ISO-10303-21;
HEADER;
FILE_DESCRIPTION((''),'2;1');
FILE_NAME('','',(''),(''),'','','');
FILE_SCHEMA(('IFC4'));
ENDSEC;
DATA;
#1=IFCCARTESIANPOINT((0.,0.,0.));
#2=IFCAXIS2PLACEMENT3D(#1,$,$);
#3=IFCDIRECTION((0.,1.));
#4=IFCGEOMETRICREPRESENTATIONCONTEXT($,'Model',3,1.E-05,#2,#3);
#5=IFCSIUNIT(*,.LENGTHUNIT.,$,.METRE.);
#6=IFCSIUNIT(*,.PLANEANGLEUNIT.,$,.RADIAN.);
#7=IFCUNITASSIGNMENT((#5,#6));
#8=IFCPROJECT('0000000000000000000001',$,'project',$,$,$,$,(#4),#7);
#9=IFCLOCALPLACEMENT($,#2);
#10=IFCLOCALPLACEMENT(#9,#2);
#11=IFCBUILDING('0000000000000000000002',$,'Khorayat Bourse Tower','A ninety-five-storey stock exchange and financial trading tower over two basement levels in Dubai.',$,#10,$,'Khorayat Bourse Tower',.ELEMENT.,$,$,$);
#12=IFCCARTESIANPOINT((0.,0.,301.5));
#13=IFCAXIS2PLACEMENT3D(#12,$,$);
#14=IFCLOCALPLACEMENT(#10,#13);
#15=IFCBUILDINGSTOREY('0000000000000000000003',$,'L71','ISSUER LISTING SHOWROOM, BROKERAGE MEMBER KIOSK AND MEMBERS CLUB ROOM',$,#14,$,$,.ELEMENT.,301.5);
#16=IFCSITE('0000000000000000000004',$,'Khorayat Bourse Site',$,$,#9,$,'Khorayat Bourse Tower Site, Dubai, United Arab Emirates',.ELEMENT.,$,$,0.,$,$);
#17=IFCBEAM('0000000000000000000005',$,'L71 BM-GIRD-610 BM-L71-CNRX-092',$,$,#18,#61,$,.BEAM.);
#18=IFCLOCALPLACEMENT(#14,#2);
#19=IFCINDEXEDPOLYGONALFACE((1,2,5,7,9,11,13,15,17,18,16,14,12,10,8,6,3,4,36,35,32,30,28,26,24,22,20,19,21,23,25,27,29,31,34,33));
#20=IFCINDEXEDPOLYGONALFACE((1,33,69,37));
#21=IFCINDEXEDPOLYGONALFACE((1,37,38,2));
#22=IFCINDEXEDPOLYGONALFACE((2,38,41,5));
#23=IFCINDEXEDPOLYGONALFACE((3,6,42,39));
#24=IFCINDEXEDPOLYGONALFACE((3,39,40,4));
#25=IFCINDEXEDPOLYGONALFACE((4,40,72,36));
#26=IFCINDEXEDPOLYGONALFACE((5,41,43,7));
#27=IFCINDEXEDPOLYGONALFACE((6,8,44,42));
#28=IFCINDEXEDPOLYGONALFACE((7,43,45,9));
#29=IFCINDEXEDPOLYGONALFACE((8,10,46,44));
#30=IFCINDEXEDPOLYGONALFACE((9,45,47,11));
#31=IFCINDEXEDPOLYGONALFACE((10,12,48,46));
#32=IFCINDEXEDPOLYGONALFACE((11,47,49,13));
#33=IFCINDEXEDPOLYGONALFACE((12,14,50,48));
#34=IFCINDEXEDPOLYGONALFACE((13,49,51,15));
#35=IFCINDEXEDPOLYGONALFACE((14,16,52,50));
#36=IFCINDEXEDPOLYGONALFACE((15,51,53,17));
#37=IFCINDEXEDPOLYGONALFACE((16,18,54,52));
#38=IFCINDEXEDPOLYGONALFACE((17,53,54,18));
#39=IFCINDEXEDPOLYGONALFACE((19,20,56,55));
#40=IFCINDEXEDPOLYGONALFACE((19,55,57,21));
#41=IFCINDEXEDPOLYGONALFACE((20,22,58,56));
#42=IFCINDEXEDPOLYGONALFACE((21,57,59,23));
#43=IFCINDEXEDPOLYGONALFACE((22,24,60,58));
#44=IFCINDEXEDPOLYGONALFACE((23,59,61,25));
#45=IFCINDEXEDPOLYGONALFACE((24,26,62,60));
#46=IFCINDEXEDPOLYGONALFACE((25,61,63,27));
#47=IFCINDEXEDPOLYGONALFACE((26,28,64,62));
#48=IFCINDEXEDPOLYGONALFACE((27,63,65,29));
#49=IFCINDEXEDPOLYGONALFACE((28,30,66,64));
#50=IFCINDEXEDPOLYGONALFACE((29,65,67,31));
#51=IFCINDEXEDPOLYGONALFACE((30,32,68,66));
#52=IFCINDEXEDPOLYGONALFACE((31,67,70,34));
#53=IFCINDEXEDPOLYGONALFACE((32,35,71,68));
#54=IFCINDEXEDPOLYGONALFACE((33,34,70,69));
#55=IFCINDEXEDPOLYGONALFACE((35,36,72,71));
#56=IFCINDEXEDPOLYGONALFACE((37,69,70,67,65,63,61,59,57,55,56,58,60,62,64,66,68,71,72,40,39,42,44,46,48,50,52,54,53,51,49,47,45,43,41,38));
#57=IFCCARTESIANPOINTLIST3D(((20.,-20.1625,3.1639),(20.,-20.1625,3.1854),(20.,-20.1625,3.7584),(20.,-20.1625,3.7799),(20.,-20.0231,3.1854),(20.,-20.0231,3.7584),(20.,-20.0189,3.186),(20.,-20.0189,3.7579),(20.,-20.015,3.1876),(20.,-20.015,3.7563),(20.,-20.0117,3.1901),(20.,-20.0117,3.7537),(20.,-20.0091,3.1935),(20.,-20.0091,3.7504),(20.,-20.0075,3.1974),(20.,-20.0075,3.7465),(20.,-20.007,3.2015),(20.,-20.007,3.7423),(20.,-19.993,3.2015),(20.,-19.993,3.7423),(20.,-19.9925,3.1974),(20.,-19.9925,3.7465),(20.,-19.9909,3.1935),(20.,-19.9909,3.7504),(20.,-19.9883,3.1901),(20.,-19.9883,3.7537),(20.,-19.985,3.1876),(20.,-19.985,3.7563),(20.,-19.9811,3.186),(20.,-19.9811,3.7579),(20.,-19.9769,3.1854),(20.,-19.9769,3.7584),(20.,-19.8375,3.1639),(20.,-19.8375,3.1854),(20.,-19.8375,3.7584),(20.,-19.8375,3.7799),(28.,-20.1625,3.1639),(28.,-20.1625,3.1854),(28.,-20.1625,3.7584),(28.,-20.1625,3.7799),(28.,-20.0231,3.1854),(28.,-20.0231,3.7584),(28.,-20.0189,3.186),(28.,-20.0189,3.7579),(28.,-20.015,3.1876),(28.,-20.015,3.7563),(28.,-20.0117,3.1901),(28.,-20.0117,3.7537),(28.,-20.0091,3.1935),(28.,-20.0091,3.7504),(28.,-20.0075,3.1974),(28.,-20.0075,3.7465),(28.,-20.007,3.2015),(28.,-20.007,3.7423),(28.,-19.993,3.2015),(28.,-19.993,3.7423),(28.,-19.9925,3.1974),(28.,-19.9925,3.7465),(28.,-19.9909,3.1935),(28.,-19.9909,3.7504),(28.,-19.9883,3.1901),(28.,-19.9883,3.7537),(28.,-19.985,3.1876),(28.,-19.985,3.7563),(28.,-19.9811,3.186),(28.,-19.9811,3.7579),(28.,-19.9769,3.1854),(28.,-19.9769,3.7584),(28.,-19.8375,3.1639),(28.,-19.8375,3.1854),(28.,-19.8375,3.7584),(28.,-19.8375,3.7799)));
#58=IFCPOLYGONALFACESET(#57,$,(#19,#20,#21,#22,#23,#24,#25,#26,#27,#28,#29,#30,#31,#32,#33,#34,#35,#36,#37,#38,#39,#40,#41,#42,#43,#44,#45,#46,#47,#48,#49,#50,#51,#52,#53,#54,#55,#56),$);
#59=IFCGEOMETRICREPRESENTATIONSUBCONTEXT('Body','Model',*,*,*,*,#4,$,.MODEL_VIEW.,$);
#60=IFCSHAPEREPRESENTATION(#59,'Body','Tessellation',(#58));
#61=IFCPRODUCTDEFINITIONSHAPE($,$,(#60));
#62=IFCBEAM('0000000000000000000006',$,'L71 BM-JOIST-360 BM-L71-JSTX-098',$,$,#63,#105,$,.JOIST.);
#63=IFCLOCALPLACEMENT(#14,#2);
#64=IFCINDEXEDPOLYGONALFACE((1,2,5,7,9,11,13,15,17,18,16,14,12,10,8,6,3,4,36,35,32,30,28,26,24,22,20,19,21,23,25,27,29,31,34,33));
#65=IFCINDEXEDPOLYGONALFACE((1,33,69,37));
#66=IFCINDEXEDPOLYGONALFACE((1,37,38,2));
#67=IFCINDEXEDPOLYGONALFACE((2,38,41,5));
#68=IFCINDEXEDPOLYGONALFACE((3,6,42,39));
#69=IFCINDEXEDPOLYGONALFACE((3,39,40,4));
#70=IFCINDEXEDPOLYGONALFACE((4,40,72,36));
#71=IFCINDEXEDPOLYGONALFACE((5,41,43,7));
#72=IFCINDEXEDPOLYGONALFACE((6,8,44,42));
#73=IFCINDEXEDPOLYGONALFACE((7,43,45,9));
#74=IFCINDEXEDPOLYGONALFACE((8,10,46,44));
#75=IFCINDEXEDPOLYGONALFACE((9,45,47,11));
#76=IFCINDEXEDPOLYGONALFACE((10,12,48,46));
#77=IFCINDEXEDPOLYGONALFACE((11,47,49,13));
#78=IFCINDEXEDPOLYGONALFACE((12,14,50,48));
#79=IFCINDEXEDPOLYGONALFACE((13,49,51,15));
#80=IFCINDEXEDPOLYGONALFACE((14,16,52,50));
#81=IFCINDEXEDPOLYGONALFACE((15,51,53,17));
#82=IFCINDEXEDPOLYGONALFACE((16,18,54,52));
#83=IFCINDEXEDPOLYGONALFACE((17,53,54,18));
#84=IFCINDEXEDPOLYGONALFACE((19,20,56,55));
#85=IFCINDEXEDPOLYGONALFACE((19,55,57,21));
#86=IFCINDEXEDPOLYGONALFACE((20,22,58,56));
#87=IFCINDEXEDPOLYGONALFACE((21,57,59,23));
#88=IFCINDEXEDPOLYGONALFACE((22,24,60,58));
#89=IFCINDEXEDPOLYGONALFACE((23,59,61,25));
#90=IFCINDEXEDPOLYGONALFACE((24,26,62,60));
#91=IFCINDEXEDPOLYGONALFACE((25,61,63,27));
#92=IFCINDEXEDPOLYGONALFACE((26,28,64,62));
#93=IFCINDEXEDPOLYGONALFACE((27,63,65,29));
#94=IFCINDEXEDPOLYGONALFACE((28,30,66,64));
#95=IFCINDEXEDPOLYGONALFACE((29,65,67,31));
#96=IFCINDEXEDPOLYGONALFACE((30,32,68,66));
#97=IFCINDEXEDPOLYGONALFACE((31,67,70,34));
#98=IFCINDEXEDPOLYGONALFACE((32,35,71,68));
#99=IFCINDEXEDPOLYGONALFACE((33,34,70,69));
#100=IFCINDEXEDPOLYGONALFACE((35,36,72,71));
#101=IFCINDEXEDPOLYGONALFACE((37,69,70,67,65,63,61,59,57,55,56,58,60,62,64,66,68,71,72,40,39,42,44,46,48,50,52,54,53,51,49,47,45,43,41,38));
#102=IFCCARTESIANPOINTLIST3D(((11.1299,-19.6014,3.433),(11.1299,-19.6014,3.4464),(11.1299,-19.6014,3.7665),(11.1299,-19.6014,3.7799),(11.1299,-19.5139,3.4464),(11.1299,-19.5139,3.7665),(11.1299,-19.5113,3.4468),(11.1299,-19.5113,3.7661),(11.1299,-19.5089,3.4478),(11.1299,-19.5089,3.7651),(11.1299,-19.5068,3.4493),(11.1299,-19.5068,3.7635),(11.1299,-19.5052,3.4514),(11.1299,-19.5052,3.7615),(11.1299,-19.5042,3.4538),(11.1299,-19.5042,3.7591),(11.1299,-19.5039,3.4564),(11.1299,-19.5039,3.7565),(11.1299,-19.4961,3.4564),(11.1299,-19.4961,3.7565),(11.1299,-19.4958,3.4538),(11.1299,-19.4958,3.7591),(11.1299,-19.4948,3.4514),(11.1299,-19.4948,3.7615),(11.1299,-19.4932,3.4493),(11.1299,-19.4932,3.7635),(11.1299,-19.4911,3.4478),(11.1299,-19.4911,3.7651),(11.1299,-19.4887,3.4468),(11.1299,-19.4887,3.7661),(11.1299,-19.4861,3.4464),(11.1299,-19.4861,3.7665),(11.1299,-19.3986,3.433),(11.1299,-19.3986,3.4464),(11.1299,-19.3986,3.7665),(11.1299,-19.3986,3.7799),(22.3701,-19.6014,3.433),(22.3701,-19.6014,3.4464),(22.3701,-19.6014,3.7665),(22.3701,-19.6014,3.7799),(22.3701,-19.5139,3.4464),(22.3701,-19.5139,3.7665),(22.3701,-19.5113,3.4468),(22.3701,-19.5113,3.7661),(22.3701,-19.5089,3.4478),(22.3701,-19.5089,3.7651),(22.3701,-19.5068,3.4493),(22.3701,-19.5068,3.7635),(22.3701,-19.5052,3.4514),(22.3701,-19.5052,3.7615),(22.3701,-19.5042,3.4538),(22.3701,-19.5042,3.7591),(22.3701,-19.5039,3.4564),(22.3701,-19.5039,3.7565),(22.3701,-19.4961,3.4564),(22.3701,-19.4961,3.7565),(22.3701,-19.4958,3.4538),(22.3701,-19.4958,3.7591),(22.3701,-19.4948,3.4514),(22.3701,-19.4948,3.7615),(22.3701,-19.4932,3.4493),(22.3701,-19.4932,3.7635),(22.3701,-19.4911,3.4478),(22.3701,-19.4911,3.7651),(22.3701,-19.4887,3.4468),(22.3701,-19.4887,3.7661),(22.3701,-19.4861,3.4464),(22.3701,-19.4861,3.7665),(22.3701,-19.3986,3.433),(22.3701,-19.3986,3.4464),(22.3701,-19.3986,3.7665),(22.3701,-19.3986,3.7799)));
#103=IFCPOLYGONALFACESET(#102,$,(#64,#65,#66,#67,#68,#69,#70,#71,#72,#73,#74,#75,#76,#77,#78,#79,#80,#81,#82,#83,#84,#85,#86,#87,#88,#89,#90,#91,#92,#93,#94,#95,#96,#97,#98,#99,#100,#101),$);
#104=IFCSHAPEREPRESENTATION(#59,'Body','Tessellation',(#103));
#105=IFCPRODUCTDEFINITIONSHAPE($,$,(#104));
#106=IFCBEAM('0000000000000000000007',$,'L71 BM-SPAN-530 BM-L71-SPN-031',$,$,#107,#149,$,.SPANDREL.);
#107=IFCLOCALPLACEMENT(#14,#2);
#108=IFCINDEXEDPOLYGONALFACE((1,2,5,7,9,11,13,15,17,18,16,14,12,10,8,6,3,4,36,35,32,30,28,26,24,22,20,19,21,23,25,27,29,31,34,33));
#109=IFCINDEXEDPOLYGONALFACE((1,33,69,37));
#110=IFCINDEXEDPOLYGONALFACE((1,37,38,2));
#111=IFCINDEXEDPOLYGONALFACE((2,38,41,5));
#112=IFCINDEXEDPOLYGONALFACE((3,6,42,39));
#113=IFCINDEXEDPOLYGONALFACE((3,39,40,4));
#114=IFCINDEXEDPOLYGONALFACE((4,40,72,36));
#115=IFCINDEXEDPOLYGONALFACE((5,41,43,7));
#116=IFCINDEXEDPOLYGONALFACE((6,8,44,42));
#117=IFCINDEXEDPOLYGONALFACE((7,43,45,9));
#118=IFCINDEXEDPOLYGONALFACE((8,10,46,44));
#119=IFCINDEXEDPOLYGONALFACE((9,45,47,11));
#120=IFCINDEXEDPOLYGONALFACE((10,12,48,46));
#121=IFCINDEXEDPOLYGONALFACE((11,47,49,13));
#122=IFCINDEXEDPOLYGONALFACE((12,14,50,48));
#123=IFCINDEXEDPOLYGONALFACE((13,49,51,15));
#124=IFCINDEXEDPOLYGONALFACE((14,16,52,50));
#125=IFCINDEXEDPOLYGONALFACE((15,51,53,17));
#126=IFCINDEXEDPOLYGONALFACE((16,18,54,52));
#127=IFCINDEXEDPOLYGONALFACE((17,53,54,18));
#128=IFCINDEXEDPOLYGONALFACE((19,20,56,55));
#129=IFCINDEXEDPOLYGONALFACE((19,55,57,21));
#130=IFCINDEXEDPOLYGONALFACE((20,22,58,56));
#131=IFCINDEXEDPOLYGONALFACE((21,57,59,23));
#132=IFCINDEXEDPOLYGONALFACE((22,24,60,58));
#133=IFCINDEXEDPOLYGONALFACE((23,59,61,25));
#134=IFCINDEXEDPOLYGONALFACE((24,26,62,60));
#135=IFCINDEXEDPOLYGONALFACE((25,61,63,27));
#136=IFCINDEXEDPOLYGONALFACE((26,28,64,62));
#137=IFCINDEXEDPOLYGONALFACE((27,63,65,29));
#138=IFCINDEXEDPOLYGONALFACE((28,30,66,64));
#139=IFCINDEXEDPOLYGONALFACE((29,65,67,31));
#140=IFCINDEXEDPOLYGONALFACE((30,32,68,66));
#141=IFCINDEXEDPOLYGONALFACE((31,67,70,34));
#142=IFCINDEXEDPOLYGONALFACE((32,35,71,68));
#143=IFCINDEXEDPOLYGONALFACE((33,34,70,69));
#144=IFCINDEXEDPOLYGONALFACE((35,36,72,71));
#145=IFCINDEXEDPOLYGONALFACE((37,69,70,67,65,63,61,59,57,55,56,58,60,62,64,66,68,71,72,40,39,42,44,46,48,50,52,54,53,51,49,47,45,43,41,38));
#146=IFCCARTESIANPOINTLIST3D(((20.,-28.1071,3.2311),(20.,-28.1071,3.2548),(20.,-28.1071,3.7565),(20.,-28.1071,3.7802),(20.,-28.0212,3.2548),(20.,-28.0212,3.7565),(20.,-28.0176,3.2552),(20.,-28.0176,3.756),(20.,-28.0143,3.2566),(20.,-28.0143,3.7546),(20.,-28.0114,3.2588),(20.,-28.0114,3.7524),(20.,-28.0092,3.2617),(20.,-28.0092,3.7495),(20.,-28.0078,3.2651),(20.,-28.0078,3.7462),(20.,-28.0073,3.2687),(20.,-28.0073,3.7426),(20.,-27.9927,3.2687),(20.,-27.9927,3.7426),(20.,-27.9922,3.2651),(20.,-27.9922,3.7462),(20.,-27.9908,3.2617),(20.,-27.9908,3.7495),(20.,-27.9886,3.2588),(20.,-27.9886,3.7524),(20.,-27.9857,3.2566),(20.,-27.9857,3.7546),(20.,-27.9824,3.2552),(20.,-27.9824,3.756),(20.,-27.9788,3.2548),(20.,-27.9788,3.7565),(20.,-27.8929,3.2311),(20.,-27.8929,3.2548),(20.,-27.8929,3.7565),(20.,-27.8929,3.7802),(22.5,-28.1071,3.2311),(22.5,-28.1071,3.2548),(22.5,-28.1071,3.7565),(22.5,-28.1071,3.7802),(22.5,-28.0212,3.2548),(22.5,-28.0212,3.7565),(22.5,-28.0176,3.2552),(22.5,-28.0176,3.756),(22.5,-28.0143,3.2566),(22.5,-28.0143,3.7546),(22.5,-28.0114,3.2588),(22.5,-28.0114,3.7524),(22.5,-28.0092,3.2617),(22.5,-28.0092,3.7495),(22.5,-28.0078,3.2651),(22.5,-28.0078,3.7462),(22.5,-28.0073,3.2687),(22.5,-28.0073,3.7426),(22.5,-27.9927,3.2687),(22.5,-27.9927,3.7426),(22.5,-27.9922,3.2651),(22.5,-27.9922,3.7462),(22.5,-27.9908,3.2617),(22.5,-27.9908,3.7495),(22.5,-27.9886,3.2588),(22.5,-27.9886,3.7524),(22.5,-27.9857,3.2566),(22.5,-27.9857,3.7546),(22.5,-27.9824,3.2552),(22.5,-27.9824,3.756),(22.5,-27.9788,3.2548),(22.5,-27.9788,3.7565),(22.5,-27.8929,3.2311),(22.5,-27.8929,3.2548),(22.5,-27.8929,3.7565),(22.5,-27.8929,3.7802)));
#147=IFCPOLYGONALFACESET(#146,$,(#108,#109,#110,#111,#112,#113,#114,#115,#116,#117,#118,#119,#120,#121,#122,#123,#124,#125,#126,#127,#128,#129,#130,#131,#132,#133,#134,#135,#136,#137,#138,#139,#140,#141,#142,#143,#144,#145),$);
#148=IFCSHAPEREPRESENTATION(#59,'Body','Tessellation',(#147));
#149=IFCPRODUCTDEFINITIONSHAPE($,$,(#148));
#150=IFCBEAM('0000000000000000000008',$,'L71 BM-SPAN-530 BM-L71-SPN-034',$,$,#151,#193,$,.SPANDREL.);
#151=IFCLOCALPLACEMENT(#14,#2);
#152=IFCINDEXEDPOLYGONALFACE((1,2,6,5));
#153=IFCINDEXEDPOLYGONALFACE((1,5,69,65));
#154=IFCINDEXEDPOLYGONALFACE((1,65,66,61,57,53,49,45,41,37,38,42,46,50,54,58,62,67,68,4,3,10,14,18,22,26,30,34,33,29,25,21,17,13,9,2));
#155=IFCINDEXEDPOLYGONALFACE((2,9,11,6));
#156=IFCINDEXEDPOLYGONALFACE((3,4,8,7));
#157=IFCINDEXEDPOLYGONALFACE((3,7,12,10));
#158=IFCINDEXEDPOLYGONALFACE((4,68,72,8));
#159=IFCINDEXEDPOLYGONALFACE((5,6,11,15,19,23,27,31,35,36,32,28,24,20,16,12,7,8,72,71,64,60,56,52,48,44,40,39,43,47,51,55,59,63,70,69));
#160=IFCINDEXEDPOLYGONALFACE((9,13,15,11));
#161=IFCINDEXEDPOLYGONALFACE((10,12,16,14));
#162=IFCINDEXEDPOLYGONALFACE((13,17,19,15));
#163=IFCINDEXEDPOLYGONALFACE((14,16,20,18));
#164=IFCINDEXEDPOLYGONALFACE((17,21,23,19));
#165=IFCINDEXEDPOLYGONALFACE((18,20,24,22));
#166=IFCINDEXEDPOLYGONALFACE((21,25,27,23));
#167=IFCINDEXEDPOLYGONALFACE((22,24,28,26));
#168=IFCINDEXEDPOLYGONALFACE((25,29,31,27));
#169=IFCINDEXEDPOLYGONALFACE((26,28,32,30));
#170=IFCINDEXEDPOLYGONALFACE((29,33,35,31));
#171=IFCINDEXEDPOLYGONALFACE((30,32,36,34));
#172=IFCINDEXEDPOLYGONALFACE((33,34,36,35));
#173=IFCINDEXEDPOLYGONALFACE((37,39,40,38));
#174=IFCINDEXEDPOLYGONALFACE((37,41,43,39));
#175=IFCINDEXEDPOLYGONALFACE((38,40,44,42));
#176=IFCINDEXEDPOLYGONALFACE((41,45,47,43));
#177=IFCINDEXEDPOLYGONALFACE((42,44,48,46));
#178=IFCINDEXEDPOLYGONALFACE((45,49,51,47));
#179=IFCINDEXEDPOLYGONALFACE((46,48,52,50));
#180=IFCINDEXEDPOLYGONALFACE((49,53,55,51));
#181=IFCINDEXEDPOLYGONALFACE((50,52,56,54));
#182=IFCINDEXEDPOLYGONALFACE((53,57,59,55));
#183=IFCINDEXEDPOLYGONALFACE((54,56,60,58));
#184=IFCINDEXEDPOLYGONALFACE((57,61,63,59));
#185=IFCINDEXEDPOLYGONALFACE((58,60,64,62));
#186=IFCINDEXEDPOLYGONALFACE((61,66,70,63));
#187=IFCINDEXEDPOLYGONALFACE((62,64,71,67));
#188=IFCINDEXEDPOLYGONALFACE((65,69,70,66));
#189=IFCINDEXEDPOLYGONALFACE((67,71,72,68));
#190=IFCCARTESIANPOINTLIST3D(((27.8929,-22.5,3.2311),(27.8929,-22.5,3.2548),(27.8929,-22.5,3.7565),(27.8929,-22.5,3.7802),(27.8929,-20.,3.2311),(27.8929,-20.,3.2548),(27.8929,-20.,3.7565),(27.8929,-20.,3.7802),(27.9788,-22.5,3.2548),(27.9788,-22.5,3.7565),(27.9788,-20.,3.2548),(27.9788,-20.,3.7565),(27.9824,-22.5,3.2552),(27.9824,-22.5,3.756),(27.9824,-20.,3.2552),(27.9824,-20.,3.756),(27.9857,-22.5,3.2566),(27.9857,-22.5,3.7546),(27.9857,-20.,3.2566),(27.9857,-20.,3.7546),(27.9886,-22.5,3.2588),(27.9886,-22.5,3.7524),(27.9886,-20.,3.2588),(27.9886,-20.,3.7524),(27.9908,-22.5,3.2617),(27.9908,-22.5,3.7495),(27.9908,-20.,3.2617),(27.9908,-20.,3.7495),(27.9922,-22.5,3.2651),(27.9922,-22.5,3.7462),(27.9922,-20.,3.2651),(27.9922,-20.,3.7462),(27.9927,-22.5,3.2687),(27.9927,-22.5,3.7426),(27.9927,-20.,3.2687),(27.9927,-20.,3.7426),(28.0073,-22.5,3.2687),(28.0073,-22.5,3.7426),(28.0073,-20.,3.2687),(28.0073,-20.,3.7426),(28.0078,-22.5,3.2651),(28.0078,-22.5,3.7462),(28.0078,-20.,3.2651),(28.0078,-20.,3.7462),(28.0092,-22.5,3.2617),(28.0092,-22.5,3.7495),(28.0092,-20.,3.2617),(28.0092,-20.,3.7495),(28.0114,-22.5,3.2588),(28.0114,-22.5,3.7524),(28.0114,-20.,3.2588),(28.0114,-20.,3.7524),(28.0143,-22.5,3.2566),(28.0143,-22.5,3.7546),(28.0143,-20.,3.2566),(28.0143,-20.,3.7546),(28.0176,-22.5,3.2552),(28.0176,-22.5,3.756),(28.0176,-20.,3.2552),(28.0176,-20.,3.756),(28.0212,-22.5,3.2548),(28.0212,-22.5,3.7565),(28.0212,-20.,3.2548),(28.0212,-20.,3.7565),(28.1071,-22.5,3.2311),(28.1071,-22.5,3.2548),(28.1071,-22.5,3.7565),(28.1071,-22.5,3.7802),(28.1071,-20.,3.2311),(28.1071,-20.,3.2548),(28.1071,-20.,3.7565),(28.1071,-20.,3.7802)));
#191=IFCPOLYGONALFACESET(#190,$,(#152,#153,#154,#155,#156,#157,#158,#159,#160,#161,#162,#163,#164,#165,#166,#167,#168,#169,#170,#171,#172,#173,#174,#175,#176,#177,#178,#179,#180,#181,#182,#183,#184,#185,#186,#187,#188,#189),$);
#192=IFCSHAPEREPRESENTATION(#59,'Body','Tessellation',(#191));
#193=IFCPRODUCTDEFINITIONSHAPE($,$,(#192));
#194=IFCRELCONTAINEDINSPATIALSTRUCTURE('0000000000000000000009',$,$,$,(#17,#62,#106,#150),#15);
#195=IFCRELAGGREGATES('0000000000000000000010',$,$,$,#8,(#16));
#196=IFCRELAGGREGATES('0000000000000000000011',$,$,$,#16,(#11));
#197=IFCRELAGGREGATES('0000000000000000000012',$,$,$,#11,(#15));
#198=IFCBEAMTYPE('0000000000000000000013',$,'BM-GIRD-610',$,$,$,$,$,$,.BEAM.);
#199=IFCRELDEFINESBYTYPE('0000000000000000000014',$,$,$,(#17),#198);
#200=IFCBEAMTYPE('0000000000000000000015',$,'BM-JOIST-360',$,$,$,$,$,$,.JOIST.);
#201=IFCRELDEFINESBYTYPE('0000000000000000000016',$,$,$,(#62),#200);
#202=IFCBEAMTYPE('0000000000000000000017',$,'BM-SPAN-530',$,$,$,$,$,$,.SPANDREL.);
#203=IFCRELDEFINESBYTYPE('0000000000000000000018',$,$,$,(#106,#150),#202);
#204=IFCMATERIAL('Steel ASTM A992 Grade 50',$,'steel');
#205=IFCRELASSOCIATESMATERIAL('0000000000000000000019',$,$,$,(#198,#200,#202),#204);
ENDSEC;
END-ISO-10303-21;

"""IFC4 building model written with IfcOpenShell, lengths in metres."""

from ifc_helpers import new_model, si_unit, direction, frame, origin, origin_2d, place, context, subcontext, project, spatial, i_section, extrude, source, transform, mapped, material, material_profile, profile_set, type_object, element, save


model = new_model("IFC4")

# Units and contexts
model_context = context("Model", 3, precision=1e-05, world=origin(), true_north=direction((0.0, 1.0)))
body_context = subcontext(model_context, "Body", "Model", "MODEL_VIEW")
ifc_project = project(units=[si_unit("LENGTHUNIT", "METRE"), si_unit("PLANEANGLEUNIT", "RADIAN")], contexts=[model_context])

# Site, building, storey
site_placement = place(None, origin())
site = spatial("IfcSite", under=ifc_project, at=site_placement, Name="Khorayat Bourse Site", LongName="Khorayat Bourse Tower Site, Dubai, United Arab Emirates", CompositionType="ELEMENT", RefElevation=0.0)
building_placement = place(site_placement, origin())
building = spatial("IfcBuilding", under=site, at=building_placement, Name="Khorayat Bourse Tower", Description="A ninety-five-storey stock exchange and financial trading tower over two basement levels in Dubai.", LongName="Khorayat Bourse Tower", CompositionType="ELEMENT")
storey_placement = place(building_placement, frame((0.0, 0.0, 301.5)))
storey = spatial("IfcBuildingStorey", under=building, at=storey_placement, Name="L71", Description="ISSUER LISTING SHOWROOM, BROKERAGE MEMBER KIOSK AND MEMBERS CLUB ROOM", CompositionType="ELEMENT", Elevation=301.5)

# Beams
ifc_material_1 = material(Name="Steel ASTM A992 Grade 50", Category="steel")
ifc_material_profile_1 = material_profile(ifc_material_1, i_section(OverallWidth=0.325, OverallDepth=0.616, WebThickness=0.0139, FlangeThickness=0.0215, FilletRadius=0.0161, at=origin_2d()), Name="W610X174")
ifc_profile_set_1 = profile_set([ifc_material_profile_1], Name="Steel ASTM A992 Grade 50")
beam_type_1 = type_object("IfcBeamType", Name="BM-GIRD-610", PredefinedType="BEAM", material=ifc_profile_set_1)
shared_shape_1 = source(origin(), body_context, "Body", "SweptSolid", [
    extrude(i_section(OverallWidth=0.325, OverallDepth=0.616, WebThickness=0.0139, FlangeThickness=0.0215, FilletRadius=0.0161, at=origin_2d()), origin(), (0.0, 0.0, 1.0), 8.0),
])
beam_1_placement = place(storey_placement, frame((20.0, -20.0, 3.4719), z_axis=(1.0, 0.0, 0.0), x_axis=(0.0, 1.0, 0.0)))
element("IfcBeam", 1, at=beam_1_placement, inside=storey, type_object=beam_type_1, Name="L71 BM-GIRD-610 BM-L71-CNRX-092", PredefinedType="BEAM", context=body_context, shape_type="MappedRepresentation", body=[
    mapped(shared_shape_1, transform((0.0, 0.0, 0.0), scale=1.0)),
])
ifc_material_profile_2 = material_profile(ifc_material_1, i_section(OverallWidth=0.2029, OverallDepth=0.3469, WebThickness=0.0078, FlangeThickness=0.0134, FilletRadius=0.01, at=origin_2d()), Name="W360X64")
ifc_profile_set_2 = profile_set([ifc_material_profile_2], Name="Steel ASTM A992 Grade 50")
beam_type_2 = type_object("IfcBeamType", Name="BM-JOIST-360", PredefinedType="JOIST", material=ifc_profile_set_2)
shared_shape_2 = source(origin(), body_context, "Body", "SweptSolid", [
    extrude(i_section(OverallWidth=0.2029, OverallDepth=0.3469, WebThickness=0.0078, FlangeThickness=0.0134, FilletRadius=0.01, at=origin_2d()), origin(), (0.0, 0.0, 1.0), 11.2402),
])
beam_2_placement = place(storey_placement, frame((11.1299, -19.5, 3.6064), z_axis=(1.0, 0.0, 0.0), x_axis=(0.0, 1.0, 0.0)))
element("IfcBeam", 2, at=beam_2_placement, inside=storey, type_object=beam_type_2, Name="L71 BM-JOIST-360 BM-L71-JSTX-098", PredefinedType="JOIST", context=body_context, shape_type="MappedRepresentation", body=[
    mapped(shared_shape_2, transform((0.0, 0.0, 0.0), scale=1.0)),
])
ifc_material_profile_3 = material_profile(ifc_material_1, i_section(OverallWidth=0.2141, OverallDepth=0.5491, WebThickness=0.0146, FlangeThickness=0.0237, FilletRadius=0.0139, at=origin_2d()), Name="W530X138")
ifc_profile_set_3 = profile_set([ifc_material_profile_3], Name="Steel ASTM A992 Grade 50")
beam_type_3 = type_object("IfcBeamType", Name="BM-SPAN-530", PredefinedType="SPANDREL", material=ifc_profile_set_3)
shared_shape_3 = source(origin(), body_context, "Body", "SweptSolid", [
    extrude(i_section(OverallWidth=0.2141, OverallDepth=0.5491, WebThickness=0.0146, FlangeThickness=0.0237, FilletRadius=0.0139, at=origin_2d()), origin(), (0.0, 0.0, 1.0), 2.5),
])
for number, where, z_axis, x_axis, name in (
    (3, (20.0, -28.0, 3.5056), (1.0, 0.0, 0.0), (0.0, 1.0, 0.0), "L71 BM-SPAN-530 BM-L71-SPN-031"),
    (4, (28.0, -22.5, 3.5056), (0.0, 1.0, 0.0), (-1.0, 0.0, 0.0), "L71 BM-SPAN-530 BM-L71-SPN-034"),
):
    element("IfcBeam", number, at=place(storey_placement, frame(where, z_axis=z_axis, x_axis=x_axis)), inside=storey, type_object=beam_type_3, Name=name, PredefinedType="SPANDREL", context=body_context, shape_type="MappedRepresentation", body=[
        mapped(shared_shape_3, transform((0.0, 0.0, 0.0), scale=1.0)),
    ])

save(model, "model.ifc")
